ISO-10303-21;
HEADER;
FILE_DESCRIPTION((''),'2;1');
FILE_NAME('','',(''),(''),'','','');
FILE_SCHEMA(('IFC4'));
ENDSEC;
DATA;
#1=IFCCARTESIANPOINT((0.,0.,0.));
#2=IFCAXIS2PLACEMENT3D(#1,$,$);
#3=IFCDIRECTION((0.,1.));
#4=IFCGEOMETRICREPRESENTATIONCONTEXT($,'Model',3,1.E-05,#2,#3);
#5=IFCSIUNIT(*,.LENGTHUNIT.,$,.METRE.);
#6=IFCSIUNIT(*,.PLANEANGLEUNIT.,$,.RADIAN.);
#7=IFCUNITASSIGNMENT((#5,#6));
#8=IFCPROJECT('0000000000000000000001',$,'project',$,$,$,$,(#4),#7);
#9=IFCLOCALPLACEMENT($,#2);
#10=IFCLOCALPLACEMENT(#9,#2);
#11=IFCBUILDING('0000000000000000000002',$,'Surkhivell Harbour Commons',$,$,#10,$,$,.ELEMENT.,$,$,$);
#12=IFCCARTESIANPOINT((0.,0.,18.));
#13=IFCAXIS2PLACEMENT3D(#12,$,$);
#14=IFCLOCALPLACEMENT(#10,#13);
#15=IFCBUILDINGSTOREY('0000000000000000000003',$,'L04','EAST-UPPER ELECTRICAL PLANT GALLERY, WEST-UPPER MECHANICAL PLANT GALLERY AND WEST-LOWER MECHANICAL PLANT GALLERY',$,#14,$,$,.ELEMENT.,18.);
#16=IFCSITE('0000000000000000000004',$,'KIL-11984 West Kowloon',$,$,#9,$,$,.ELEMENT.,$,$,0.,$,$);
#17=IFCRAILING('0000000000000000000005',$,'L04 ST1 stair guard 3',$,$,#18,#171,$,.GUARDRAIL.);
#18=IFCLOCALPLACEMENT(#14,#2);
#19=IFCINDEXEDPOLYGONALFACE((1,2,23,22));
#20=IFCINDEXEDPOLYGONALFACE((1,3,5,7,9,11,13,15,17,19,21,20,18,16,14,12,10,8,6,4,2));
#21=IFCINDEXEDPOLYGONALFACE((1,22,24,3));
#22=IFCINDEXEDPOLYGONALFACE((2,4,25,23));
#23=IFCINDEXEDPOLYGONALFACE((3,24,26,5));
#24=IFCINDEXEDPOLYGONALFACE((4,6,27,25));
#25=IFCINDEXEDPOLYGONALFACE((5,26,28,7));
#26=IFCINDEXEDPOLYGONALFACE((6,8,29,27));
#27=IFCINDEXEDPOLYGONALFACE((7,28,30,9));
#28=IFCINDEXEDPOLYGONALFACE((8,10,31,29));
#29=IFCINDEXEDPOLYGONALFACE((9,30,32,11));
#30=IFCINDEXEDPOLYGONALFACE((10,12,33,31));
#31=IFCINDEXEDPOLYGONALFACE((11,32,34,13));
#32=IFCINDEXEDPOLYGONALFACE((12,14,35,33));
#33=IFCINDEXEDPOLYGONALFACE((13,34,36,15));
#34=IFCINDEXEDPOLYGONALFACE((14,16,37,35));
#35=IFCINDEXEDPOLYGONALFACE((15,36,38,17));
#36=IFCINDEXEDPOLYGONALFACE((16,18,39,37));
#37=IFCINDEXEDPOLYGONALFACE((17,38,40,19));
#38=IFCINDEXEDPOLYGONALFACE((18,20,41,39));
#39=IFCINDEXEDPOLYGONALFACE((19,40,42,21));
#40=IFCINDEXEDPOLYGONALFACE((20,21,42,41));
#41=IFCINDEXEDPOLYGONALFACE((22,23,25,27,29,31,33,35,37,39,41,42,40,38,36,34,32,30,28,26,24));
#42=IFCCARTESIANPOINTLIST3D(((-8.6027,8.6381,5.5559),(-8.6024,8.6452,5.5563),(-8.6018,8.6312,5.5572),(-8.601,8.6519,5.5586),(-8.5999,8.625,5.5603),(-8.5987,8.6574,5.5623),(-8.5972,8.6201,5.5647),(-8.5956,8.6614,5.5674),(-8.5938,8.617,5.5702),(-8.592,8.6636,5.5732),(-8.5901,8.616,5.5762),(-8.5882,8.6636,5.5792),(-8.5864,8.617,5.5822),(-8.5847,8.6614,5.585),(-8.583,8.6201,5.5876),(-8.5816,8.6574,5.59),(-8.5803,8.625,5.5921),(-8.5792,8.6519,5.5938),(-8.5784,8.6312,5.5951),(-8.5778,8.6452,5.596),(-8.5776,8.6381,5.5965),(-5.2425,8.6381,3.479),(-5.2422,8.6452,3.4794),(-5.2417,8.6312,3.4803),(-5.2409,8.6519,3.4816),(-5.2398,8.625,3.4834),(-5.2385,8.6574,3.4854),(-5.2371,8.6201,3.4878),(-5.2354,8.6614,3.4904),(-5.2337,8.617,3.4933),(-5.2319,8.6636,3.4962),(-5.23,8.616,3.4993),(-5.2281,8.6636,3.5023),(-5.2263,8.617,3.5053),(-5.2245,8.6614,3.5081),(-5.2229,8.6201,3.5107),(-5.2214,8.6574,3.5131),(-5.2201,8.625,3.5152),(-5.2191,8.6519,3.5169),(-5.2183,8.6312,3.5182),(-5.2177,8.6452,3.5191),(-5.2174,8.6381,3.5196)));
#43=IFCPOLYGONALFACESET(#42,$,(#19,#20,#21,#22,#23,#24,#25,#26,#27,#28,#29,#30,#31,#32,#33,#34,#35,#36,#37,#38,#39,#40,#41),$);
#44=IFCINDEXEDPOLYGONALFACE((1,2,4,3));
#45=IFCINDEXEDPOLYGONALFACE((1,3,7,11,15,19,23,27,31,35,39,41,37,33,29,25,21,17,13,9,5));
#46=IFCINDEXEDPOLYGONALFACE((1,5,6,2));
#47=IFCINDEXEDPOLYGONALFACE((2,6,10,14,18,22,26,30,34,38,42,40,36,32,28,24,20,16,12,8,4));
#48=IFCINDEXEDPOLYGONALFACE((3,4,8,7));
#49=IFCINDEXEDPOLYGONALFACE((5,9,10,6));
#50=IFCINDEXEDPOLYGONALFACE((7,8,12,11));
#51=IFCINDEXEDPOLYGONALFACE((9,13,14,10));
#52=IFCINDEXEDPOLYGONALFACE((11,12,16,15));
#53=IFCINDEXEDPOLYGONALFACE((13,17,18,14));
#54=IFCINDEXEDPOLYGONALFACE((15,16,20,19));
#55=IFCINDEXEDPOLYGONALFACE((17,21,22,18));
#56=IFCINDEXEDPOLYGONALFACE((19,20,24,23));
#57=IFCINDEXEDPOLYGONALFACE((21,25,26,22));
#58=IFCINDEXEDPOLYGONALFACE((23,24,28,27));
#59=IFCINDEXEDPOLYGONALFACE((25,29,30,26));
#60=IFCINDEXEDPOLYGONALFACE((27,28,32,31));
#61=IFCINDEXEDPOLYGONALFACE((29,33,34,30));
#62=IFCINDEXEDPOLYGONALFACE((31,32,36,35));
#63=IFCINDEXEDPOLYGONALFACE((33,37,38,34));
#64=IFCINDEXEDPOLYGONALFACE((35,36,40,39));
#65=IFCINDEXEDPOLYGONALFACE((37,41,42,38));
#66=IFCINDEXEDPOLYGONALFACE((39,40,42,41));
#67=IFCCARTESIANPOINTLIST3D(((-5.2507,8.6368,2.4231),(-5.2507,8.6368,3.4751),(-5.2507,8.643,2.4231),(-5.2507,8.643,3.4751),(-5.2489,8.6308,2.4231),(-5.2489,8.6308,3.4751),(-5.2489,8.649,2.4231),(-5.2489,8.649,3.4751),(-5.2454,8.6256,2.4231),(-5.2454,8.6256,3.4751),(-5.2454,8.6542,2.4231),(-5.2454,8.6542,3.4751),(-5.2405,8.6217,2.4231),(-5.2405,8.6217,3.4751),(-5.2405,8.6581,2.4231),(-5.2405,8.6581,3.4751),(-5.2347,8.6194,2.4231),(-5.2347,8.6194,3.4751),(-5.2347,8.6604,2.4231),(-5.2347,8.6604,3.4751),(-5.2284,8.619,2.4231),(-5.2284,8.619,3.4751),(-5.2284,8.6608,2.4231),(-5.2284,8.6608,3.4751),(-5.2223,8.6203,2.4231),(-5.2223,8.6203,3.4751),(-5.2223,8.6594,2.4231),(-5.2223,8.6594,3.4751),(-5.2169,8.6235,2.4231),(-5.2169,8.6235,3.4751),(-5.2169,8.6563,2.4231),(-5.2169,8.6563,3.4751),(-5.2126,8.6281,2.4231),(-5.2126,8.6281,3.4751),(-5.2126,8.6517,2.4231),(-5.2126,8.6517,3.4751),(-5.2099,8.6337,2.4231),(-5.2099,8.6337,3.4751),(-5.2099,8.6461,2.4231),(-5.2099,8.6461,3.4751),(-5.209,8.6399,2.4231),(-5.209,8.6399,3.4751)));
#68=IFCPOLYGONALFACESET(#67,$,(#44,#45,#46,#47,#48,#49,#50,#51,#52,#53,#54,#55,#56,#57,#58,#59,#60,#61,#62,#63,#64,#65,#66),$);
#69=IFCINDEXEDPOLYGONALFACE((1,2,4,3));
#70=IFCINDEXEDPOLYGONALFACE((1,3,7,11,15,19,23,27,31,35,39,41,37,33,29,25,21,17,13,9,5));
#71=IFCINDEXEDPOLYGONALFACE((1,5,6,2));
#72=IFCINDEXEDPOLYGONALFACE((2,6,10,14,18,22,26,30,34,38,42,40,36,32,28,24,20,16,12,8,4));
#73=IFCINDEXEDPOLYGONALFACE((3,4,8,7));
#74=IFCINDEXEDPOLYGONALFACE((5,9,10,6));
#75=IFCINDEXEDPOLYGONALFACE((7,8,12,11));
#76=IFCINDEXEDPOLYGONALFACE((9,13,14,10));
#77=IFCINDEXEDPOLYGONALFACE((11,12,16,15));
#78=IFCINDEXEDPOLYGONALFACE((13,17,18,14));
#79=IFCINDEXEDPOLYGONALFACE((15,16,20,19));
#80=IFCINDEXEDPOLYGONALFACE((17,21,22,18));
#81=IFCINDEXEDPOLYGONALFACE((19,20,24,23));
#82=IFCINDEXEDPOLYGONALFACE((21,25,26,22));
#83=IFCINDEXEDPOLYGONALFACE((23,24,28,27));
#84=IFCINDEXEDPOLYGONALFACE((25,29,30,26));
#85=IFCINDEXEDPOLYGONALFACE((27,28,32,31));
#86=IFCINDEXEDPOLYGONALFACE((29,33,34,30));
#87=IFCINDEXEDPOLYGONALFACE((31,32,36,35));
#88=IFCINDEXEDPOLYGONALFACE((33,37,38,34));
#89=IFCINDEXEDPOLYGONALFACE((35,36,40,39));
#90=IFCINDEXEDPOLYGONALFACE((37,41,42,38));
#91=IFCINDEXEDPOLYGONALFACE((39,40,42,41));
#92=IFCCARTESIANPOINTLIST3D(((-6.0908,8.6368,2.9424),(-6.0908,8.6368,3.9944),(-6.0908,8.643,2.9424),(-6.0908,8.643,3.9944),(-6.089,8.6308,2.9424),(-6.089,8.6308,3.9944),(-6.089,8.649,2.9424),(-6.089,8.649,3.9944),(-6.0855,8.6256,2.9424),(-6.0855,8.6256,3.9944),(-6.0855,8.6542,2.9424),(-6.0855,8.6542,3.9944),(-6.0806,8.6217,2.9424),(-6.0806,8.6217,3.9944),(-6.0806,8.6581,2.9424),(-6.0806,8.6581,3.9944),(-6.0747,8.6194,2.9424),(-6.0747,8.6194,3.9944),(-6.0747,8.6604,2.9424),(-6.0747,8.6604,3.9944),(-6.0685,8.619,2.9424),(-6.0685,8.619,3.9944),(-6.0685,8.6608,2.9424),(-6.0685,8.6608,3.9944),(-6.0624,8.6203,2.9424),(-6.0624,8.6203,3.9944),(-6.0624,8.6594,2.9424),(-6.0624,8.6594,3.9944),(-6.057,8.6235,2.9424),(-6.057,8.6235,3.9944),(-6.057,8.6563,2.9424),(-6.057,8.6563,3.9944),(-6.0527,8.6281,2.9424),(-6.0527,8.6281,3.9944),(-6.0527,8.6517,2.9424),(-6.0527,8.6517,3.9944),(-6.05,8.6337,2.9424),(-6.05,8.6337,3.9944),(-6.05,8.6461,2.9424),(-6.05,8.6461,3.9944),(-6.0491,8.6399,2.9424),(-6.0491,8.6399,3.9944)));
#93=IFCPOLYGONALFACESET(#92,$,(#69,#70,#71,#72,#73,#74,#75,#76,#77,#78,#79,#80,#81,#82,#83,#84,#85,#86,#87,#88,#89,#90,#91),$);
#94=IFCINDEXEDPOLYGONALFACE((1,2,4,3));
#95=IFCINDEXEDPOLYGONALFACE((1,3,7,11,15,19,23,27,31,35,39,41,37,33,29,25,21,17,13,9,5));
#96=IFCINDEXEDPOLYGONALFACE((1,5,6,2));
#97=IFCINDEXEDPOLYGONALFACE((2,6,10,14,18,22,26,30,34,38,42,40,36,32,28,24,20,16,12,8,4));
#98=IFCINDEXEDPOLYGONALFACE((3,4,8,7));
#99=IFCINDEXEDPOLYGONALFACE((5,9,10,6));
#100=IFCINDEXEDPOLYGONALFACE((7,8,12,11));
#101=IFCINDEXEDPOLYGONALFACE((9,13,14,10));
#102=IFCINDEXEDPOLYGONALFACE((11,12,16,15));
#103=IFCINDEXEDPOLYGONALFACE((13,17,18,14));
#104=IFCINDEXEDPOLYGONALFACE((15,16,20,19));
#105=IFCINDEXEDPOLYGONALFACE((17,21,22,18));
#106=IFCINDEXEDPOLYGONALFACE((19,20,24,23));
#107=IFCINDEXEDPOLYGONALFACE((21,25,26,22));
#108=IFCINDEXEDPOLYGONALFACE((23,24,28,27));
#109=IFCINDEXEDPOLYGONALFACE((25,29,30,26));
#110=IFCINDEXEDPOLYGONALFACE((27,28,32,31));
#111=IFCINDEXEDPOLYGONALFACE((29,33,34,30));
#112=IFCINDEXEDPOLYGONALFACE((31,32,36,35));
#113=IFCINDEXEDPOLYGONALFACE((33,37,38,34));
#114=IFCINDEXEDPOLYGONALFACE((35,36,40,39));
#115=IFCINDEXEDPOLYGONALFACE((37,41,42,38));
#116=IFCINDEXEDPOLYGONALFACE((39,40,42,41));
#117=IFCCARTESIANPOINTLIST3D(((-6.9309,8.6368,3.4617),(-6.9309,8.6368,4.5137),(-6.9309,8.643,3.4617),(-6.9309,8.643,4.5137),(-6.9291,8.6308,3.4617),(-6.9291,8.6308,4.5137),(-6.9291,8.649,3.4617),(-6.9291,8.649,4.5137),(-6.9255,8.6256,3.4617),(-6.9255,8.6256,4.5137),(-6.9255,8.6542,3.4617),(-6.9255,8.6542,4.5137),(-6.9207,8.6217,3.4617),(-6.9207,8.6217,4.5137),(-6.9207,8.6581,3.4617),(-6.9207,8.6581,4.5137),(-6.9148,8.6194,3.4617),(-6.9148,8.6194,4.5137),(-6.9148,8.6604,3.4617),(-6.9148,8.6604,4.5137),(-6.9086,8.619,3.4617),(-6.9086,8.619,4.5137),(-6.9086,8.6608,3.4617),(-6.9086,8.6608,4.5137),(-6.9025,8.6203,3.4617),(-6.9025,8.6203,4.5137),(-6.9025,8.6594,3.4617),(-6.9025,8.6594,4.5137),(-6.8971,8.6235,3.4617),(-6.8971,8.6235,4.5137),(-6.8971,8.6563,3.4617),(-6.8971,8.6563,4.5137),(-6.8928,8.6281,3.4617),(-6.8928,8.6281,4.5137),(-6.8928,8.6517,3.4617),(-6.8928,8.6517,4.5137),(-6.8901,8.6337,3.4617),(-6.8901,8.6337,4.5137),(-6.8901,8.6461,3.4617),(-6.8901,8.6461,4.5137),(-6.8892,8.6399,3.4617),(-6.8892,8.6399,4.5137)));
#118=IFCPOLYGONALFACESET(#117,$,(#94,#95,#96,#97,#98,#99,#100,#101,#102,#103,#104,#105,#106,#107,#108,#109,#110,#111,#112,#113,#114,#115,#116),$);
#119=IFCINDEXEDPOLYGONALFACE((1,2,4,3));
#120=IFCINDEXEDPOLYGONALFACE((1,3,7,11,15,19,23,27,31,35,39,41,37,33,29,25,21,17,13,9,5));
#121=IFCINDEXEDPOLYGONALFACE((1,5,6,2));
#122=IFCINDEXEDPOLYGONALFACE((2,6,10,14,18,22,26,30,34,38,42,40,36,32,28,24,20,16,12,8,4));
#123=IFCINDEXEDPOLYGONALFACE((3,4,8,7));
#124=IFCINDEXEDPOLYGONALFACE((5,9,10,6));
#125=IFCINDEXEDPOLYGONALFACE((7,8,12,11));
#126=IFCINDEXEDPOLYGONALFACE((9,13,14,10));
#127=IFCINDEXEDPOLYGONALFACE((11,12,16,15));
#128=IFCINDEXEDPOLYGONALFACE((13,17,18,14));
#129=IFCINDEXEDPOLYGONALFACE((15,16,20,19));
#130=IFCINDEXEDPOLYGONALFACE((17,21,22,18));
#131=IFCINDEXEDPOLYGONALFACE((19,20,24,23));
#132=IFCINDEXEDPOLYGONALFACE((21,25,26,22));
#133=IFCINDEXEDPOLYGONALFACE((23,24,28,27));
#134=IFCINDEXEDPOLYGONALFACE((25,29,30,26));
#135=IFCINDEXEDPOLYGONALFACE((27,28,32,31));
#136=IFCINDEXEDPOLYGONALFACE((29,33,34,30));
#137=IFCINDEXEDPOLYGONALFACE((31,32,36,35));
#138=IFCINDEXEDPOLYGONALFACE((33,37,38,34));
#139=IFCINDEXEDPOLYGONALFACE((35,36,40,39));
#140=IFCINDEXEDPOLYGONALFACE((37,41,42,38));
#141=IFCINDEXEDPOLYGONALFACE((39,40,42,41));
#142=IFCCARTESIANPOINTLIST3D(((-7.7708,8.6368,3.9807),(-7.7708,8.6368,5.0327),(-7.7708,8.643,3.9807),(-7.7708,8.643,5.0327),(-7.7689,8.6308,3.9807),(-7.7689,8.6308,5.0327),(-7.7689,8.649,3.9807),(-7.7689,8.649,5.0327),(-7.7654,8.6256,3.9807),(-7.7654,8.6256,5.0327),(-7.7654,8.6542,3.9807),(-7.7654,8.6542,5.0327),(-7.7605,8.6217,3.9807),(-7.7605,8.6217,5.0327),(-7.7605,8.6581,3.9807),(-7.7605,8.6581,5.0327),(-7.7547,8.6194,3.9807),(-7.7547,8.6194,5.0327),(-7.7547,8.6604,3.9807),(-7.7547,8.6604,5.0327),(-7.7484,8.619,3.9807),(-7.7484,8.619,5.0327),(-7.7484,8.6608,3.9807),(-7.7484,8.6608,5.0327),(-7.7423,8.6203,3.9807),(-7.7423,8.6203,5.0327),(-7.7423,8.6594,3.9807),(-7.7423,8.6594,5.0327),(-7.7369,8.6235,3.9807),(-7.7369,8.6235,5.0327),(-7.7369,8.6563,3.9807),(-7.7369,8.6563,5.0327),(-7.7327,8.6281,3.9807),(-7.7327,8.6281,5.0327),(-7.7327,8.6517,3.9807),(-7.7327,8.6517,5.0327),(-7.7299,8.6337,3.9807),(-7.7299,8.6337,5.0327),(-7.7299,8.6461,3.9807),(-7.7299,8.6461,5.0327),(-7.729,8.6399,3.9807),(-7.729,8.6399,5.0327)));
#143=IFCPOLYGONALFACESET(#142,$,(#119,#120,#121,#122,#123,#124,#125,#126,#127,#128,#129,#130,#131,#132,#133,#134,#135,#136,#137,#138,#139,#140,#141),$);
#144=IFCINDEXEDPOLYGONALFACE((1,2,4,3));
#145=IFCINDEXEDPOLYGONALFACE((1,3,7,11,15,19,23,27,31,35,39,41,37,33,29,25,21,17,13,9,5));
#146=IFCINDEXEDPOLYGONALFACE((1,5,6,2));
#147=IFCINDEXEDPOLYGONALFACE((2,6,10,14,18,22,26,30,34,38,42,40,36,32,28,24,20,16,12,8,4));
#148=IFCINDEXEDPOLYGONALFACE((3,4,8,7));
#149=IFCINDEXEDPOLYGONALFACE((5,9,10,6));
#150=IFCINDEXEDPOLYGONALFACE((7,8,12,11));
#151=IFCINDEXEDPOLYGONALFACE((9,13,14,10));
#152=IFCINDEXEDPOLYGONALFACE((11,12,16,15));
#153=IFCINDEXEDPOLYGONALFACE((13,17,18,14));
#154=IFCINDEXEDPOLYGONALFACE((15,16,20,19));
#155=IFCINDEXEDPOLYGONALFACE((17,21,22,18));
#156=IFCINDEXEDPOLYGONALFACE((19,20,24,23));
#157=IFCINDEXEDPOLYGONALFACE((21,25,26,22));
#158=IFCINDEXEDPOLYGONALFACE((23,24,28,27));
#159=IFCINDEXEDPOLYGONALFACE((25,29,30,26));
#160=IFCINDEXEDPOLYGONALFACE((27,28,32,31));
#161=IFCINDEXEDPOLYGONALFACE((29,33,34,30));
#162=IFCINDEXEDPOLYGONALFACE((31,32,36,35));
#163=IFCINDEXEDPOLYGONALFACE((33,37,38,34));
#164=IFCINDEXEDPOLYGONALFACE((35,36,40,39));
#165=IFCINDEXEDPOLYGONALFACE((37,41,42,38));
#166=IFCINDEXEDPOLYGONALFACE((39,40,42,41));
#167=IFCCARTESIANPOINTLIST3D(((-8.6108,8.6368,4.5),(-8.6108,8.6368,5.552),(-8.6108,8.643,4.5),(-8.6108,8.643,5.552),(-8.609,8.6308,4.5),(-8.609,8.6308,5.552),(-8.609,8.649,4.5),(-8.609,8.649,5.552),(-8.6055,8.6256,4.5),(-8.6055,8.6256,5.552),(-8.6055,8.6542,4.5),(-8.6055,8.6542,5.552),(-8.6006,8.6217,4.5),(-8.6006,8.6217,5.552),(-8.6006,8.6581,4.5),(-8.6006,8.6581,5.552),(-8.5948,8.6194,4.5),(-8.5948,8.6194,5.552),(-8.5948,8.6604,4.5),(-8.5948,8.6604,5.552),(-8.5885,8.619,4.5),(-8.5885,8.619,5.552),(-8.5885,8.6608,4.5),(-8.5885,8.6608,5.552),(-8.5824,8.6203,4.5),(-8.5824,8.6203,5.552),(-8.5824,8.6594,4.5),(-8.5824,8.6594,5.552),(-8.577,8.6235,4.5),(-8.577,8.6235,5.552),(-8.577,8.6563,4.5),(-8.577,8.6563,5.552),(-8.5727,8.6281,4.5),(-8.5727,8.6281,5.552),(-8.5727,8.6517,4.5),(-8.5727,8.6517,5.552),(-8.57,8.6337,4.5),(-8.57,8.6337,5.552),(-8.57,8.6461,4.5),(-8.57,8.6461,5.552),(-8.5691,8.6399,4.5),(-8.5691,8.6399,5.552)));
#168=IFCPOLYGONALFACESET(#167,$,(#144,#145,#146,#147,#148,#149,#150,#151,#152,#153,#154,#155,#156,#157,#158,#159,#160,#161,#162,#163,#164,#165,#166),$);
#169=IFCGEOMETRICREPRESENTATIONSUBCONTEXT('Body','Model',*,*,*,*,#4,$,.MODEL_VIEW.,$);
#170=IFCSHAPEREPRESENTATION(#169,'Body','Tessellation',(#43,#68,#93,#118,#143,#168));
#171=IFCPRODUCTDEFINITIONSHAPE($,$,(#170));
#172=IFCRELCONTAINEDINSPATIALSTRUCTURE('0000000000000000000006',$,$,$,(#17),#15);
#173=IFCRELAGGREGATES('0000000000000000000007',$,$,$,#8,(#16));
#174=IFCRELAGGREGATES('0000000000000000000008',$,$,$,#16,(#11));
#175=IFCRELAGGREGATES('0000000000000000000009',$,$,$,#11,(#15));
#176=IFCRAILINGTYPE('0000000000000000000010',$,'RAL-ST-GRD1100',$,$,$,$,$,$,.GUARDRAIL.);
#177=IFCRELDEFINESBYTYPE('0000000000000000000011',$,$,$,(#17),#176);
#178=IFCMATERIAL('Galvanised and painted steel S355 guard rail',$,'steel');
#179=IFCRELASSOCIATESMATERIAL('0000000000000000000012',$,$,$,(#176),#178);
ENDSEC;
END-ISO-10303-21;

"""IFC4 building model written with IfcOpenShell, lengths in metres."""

from ifc_helpers import new_model, si_unit, direction, frame, origin, origin_2d, place, context, subcontext, project, spatial, circle, extrude, material, type_object, element, save


model = new_model("IFC4")

# Units and contexts
model_context = context("Model", 3, precision=1e-05, world=origin(), true_north=direction((0.0, 1.0)))
body_context = subcontext(model_context, "Body", "Model", "MODEL_VIEW")
ifc_project = project(units=[si_unit("LENGTHUNIT", "METRE"), si_unit("PLANEANGLEUNIT", "RADIAN")], contexts=[model_context])

# Site, building, storey
site_placement = place(None, origin())
site = spatial("IfcSite", under=ifc_project, at=site_placement, Name="KIL-11984 West Kowloon", CompositionType="ELEMENT", RefElevation=0.0)
building_placement = place(site_placement, origin())
building = spatial("IfcBuilding", under=site, at=building_placement, Name="Surkhivell Harbour Commons", CompositionType="ELEMENT")
storey_placement = place(building_placement, frame((0.0, 0.0, 18.0)))
storey = spatial("IfcBuildingStorey", under=building, at=storey_placement, Name="L04", Description="EAST-UPPER ELECTRICAL PLANT GALLERY, WEST-UPPER MECHANICAL PLANT GALLERY AND WEST-LOWER MECHANICAL PLANT GALLERY", CompositionType="ELEMENT", Elevation=18.0)

# Railing
ifc_material_1 = material(Name="Galvanised and painted steel S355 guard rail", Category="steel")
railing_type_1 = type_object("IfcRailingType", Name="RAL-ST-GRD1100", PredefinedType="GUARDRAIL", material=ifc_material_1)
railing_1_placement = place(storey_placement, frame((-5.23, 8.6399, 2.4231)))
element("IfcRailing", 1, at=railing_1_placement, inside=storey, type_object=railing_type_1, Name="L04 ST1 stair guard 3", PredefinedType="GUARDRAIL", context=body_context, shape_type="SweptSolid", body=[
    extrude(circle(Radius=0.0239, at=origin_2d()), frame((0.0, 0.0, 1.0762), z_axis=(-0.850623, 0.0, 0.525776), x_axis=(0.0, -1.0, 0.0)), (0.0, 0.0, 1.0), 3.9502),
    extrude(circle(Radius=0.021, at=origin_2d()), origin(), (0.0, 0.0, 1.0), 1.052),
    extrude(circle(Radius=0.021, at=origin_2d()), frame((-0.8401, 0.0, 0.5193)), (0.0, 0.0, 1.0), 1.052),
    extrude(circle(Radius=0.021, at=origin_2d()), frame((-1.6802, 0.0, 1.0386)), (0.0, 0.0, 1.0), 1.052),
    extrude(circle(Radius=0.021, at=origin_2d()), frame((-2.52, 0.0, 1.5576)), (0.0, 0.0, 1.0), 1.052),
    extrude(circle(Radius=0.021, at=origin_2d()), frame((-3.3601, 0.0, 2.0769)), (0.0, 0.0, 1.0), 1.052),
])

save(model, "model.ifc")
